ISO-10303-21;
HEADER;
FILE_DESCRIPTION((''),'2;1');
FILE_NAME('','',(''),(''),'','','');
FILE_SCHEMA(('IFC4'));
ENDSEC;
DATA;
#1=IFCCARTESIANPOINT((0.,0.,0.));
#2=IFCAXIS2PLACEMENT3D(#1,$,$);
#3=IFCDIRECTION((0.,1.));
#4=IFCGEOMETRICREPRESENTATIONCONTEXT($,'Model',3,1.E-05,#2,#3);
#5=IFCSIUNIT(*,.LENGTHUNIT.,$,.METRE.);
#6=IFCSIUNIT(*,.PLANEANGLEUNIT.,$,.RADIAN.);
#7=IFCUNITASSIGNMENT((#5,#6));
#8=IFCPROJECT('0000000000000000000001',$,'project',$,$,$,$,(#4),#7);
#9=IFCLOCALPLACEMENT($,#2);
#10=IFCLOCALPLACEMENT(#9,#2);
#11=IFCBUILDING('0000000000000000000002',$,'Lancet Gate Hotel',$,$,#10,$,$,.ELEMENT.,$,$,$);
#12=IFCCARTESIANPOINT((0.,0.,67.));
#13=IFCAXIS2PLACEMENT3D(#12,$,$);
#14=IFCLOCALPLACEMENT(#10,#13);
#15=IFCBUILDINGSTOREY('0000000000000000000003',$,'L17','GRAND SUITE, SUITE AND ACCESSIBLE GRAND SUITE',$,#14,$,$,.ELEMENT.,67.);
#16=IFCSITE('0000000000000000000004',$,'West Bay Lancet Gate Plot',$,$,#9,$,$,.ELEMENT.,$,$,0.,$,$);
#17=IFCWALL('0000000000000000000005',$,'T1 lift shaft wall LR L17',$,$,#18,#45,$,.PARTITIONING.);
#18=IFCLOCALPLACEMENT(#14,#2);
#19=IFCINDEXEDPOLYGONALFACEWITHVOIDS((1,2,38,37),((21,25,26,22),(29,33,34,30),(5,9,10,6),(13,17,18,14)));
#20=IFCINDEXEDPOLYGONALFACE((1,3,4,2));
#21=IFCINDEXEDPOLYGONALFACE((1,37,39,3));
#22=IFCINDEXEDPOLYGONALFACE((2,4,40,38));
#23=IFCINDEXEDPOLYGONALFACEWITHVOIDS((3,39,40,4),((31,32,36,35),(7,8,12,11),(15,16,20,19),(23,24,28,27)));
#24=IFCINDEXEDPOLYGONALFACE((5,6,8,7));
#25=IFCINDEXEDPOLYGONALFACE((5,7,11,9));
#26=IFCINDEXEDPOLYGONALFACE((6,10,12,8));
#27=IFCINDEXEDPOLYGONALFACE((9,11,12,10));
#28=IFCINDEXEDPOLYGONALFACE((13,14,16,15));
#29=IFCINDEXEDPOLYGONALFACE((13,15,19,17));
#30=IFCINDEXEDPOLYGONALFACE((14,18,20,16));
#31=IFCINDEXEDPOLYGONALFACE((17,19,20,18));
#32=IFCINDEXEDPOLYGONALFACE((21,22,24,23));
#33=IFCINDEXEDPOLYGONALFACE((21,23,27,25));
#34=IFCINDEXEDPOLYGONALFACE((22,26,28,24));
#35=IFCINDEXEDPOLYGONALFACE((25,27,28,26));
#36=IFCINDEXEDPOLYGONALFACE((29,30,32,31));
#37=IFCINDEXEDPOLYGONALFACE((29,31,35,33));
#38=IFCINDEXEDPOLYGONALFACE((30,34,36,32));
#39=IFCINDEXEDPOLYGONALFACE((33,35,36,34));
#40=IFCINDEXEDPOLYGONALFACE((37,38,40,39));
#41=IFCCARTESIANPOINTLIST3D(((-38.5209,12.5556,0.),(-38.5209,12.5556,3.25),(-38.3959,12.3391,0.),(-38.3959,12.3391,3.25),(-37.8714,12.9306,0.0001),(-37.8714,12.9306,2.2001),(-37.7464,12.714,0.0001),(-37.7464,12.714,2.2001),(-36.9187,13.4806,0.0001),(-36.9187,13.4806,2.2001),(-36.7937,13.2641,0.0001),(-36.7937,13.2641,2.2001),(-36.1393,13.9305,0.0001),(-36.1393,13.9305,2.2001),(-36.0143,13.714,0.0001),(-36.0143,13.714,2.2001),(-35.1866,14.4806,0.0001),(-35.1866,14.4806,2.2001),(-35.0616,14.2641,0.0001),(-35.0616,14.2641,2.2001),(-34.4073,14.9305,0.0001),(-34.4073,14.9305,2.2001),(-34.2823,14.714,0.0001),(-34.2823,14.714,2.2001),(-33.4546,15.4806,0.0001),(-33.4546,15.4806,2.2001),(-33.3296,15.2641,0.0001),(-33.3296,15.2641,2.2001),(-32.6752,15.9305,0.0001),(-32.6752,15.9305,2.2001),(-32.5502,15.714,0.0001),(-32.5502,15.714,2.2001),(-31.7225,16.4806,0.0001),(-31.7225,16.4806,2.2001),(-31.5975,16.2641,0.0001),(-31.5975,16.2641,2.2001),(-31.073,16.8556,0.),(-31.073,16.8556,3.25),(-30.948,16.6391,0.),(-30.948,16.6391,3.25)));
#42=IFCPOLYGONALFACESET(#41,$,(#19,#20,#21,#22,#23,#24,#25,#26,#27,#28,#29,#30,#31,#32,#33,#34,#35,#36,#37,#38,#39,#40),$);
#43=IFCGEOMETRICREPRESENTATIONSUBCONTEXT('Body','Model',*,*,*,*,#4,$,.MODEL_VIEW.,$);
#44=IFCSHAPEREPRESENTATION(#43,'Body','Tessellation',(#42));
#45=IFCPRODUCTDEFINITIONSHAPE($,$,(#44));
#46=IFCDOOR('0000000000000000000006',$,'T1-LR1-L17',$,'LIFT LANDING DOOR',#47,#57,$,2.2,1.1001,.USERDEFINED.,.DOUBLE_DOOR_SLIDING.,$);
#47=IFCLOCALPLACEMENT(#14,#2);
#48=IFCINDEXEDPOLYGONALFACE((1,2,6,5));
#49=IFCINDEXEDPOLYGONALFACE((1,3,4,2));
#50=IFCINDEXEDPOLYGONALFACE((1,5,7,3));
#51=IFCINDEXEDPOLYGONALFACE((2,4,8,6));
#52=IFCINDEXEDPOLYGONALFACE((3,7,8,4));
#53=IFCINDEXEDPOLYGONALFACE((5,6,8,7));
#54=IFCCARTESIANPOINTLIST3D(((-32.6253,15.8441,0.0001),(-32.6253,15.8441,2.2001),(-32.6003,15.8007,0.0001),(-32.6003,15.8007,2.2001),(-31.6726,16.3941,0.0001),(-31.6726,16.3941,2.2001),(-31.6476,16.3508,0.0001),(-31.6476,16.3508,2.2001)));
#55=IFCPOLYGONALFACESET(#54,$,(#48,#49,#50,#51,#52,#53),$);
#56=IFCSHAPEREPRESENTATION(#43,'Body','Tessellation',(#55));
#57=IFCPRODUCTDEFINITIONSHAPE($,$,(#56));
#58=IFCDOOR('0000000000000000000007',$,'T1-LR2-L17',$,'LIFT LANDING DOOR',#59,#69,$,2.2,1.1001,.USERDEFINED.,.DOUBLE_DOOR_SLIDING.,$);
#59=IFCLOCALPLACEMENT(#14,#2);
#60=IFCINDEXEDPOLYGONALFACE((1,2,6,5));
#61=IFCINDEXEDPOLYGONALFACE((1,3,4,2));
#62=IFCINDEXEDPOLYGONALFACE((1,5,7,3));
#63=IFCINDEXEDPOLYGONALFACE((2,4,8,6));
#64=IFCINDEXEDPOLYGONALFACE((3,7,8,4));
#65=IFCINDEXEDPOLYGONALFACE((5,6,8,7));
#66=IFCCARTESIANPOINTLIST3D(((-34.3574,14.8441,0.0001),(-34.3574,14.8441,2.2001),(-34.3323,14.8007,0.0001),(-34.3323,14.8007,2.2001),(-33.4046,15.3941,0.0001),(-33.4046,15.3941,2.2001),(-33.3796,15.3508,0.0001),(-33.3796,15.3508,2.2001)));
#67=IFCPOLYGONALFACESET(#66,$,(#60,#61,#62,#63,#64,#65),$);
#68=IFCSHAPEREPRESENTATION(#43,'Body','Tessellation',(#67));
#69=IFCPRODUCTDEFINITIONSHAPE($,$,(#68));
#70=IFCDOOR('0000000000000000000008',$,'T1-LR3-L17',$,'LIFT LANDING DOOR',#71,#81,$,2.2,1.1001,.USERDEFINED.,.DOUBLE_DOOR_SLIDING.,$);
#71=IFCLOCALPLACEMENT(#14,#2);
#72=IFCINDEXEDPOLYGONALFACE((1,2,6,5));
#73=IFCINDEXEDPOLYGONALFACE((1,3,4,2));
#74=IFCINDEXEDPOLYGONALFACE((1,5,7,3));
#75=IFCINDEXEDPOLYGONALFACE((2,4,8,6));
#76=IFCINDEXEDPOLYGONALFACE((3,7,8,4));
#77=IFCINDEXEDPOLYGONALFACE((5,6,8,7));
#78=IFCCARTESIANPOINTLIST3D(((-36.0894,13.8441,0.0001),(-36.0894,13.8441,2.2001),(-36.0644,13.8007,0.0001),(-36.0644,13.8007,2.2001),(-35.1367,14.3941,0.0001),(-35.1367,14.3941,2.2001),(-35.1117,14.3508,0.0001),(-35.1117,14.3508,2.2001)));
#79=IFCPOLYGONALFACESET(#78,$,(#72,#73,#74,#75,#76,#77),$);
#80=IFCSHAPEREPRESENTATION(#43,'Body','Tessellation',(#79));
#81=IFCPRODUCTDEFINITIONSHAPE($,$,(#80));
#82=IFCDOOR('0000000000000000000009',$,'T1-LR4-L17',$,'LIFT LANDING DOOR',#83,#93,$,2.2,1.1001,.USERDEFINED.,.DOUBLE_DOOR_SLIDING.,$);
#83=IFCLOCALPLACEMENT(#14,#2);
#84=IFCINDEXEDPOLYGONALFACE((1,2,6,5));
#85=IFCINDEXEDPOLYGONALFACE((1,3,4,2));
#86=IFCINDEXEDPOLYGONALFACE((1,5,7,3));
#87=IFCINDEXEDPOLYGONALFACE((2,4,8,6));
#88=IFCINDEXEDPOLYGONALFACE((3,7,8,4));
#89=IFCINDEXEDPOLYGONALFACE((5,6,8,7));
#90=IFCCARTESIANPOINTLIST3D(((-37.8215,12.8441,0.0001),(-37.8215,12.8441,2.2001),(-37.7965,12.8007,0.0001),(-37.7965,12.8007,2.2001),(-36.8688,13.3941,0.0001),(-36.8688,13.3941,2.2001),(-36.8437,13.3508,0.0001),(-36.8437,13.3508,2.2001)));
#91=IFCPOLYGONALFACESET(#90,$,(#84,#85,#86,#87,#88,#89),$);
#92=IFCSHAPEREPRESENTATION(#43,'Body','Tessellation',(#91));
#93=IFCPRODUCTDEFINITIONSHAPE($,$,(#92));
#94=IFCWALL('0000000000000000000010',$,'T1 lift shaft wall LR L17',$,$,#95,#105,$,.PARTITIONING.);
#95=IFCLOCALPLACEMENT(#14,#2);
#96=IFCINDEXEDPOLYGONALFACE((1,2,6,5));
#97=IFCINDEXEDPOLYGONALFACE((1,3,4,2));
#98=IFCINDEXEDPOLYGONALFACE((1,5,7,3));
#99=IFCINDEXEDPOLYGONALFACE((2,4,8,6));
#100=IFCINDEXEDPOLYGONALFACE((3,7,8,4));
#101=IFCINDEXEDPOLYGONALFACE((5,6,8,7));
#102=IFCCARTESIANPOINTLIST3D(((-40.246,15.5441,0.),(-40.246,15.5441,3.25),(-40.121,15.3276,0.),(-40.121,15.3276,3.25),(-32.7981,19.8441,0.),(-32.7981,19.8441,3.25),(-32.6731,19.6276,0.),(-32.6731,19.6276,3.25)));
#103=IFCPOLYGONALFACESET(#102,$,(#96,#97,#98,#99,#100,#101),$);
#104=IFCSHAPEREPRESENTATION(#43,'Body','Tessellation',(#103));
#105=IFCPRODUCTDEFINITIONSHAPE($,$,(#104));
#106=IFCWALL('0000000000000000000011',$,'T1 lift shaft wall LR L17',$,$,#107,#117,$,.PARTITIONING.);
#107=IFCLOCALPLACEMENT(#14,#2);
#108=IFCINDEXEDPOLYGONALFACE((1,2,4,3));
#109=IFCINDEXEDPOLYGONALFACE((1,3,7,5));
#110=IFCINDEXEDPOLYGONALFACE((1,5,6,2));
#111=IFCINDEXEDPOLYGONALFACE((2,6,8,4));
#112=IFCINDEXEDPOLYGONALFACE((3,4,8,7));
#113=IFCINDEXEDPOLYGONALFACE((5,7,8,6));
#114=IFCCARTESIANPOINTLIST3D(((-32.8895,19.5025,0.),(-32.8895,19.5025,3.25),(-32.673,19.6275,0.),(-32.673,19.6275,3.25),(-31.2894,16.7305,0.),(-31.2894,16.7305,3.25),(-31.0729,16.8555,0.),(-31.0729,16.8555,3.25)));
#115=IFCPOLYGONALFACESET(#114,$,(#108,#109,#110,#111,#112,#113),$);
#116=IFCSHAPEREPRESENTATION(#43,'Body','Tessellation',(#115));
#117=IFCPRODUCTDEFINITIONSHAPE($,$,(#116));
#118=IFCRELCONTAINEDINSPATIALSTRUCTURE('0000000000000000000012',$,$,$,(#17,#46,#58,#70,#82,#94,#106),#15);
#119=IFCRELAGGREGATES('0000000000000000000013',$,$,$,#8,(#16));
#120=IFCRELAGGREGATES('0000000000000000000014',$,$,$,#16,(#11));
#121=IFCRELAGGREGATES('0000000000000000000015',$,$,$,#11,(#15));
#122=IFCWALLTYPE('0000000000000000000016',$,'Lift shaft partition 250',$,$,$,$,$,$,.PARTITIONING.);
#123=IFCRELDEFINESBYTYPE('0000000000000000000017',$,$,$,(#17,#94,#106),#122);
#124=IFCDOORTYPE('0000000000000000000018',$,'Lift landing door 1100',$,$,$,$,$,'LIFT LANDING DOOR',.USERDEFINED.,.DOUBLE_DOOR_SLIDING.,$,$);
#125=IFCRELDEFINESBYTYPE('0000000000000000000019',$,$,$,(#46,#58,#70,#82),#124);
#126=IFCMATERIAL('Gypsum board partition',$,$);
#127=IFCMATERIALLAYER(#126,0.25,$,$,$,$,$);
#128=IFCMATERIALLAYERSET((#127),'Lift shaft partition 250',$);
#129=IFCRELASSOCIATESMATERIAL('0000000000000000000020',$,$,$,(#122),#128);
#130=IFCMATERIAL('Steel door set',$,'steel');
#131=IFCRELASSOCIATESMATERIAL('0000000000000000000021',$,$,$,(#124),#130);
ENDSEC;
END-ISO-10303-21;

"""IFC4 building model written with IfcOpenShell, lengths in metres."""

from ifc_helpers import new_model, si_unit, direction, frame, frame_2d, origin, place, context, subcontext, project, spatial, rectangle, extrude, material, layer, layer_set, type_object, element, fill, save


model = new_model("IFC4")

# Units and contexts
model_context = context("Model", 3, precision=1e-05, world=origin(), true_north=direction((0.0, 1.0)))
body_context = subcontext(model_context, "Body", "Model", "MODEL_VIEW")
ifc_project = project(units=[si_unit("LENGTHUNIT", "METRE"), si_unit("PLANEANGLEUNIT", "RADIAN")], contexts=[model_context])

# Site, building, storey
site_placement = place(None, origin())
site = spatial("IfcSite", under=ifc_project, at=site_placement, Name="West Bay Lancet Gate Plot", CompositionType="ELEMENT", RefElevation=0.0)
building_placement = place(site_placement, origin())
building = spatial("IfcBuilding", under=site, at=building_placement, Name="Lancet Gate Hotel", CompositionType="ELEMENT")
storey_placement = place(building_placement, frame((0.0, 0.0, 67.0)))
storey = spatial("IfcBuildingStorey", under=building, at=storey_placement, Name="L17", Description="GRAND SUITE, SUITE AND ACCESSIBLE GRAND SUITE", CompositionType="ELEMENT", Elevation=67.0)

# Wall, openings, doors
ifc_material_1 = material(Name="Gypsum board partition")
ifc_layer_1 = layer(ifc_material_1, 0.25)
ifc_layer_set_1 = layer_set([ifc_layer_1], Name="Lift shaft partition 250")
wall_type = type_object("IfcWallType", Name="Lift shaft partition 250", PredefinedType="PARTITIONING", material=ifc_layer_set_1)
wall_1_placement = place(storey_placement, frame((-31.0105, 16.7473, 0.0), z_axis=(0.0, 0.0, 1.0), x_axis=(-0.866028, -0.499995, 0.0)))
wall_1 = element("IfcWall", 1, at=wall_1_placement, inside=storey, type_object=wall_type, Name="T1 lift shaft wall LR L17", PredefinedType="PARTITIONING", context=body_context, shape_type="SweptSolid", body=[
    extrude(rectangle(XDim=8.6001, YDim=0.25, at=frame_2d((4.3, 0.0))), origin(), (0.0, 0.0, 1.0), 3.25),
])
opening_1_placement = place(wall_1_placement, frame((0.75, 0.0, 0.0)))
opening_1 = element("IfcOpeningElement", 2, at=opening_1_placement, cuts=wall_1, PredefinedType="OPENING", context=body_context, shape_type="SweptSolid", body=[
    extrude(rectangle(XDim=1.1001, YDim=2.2, at=frame_2d((0.55, 1.1001))), frame((0.0, 0.135, 0.0), z_axis=(0.0, -1.0, 0.0), x_axis=(1.0, 0.0, 0.0)), (0.0, 0.0, 1.0), 0.27),
])
opening_2_placement = place(wall_1_placement, frame((2.75, 0.0, 0.0)))
opening_2 = element("IfcOpeningElement", 3, at=opening_2_placement, cuts=wall_1, PredefinedType="OPENING", context=body_context, shape_type="SweptSolid", body=[
    extrude(rectangle(XDim=1.1001, YDim=2.2, at=frame_2d((0.55, 1.1001))), frame((0.0, 0.135, 0.0), z_axis=(0.0, -1.0, 0.0), x_axis=(1.0, 0.0, 0.0)), (0.0, 0.0, 1.0), 0.27),
])
opening_3_placement = place(wall_1_placement, frame((4.75, 0.0, 0.0)))
opening_3 = element("IfcOpeningElement", 4, at=opening_3_placement, cuts=wall_1, PredefinedType="OPENING", context=body_context, shape_type="SweptSolid", body=[
    extrude(rectangle(XDim=1.1001, YDim=2.2, at=frame_2d((0.55, 1.1001))), frame((0.0, 0.135, 0.0), z_axis=(0.0, -1.0, 0.0), x_axis=(1.0, 0.0, 0.0)), (0.0, 0.0, 1.0), 0.27),
])
opening_4_placement = place(wall_1_placement, frame((6.75, 0.0, 0.0)))
opening_4 = element("IfcOpeningElement", 5, at=opening_4_placement, cuts=wall_1, PredefinedType="OPENING", context=body_context, shape_type="SweptSolid", body=[
    extrude(rectangle(XDim=1.1001, YDim=2.2, at=frame_2d((0.55, 1.1001))), frame((0.0, 0.135, 0.0), z_axis=(0.0, -1.0, 0.0), x_axis=(1.0, 0.0, 0.0)), (0.0, 0.0, 1.0), 0.27),
])
ifc_material_2 = material(Name="Steel door set", Category="steel")
door_type = type_object("IfcDoorType", Name="Lift landing door 1100", ElementType="LIFT LANDING DOOR", OperationType="DOUBLE_DOOR_SLIDING", PredefinedType="USERDEFINED", material=ifc_material_2)
door_1_placement = place(opening_1_placement, origin())
door_1 = element("IfcDoor", 6, at=door_1_placement, inside=storey, type_object=door_type, Name="T1-LR1-L17", ObjectType="LIFT LANDING DOOR", OperationType="DOUBLE_DOOR_SLIDING", OverallHeight=2.2, OverallWidth=1.1001, PredefinedType="USERDEFINED", context=body_context, shape_type="SweptSolid", body=[
    extrude(rectangle(XDim=1.1001, YDim=2.2, at=frame_2d((0.55, 1.1001))), frame((0.0, 0.0249, 0.0), z_axis=(0.0, -1.0, 0.0), x_axis=(1.0, 0.0, 0.0)), (0.0, 0.0, 1.0), 0.05),
])
fill(opening_1, door_1)
door_2_placement = place(opening_2_placement, origin())
door_2 = element("IfcDoor", 7, at=door_2_placement, inside=storey, type_object=door_type, Name="T1-LR2-L17", ObjectType="LIFT LANDING DOOR", OperationType="DOUBLE_DOOR_SLIDING", OverallHeight=2.2, OverallWidth=1.1001, PredefinedType="USERDEFINED", context=body_context, shape_type="SweptSolid", body=[
    extrude(rectangle(XDim=1.1001, YDim=2.2, at=frame_2d((0.55, 1.1001))), frame((0.0, 0.0249, 0.0), z_axis=(0.0, -1.0, 0.0), x_axis=(1.0, 0.0, 0.0)), (0.0, 0.0, 1.0), 0.05),
])
fill(opening_2, door_2)
door_3_placement = place(opening_3_placement, origin())
door_3 = element("IfcDoor", 8, at=door_3_placement, inside=storey, type_object=door_type, Name="T1-LR3-L17", ObjectType="LIFT LANDING DOOR", OperationType="DOUBLE_DOOR_SLIDING", OverallHeight=2.2, OverallWidth=1.1001, PredefinedType="USERDEFINED", context=body_context, shape_type="SweptSolid", body=[
    extrude(rectangle(XDim=1.1001, YDim=2.2, at=frame_2d((0.55, 1.1001))), frame((0.0, 0.0249, 0.0), z_axis=(0.0, -1.0, 0.0), x_axis=(1.0, 0.0, 0.0)), (0.0, 0.0, 1.0), 0.05),
])
fill(opening_3, door_3)
door_4_placement = place(opening_4_placement, origin())
door_4 = element("IfcDoor", 9, at=door_4_placement, inside=storey, type_object=door_type, Name="T1-LR4-L17", ObjectType="LIFT LANDING DOOR", OperationType="DOUBLE_DOOR_SLIDING", OverallHeight=2.2, OverallWidth=1.1001, PredefinedType="USERDEFINED", context=body_context, shape_type="SweptSolid", body=[
    extrude(rectangle(XDim=1.1001, YDim=2.2, at=frame_2d((0.55, 1.1001))), frame((0.0, 0.0249, 0.0), z_axis=(0.0, -1.0, 0.0), x_axis=(1.0, 0.0, 0.0)), (0.0, 0.0, 1.0), 0.05),
])
fill(opening_4, door_4)

# Walls
wall_2_placement = place(storey_placement, frame((-32.7356, 19.7358, 0.0), z_axis=(0.0, 0.0, 1.0), x_axis=(-0.866028, -0.499995, 0.0)))
element("IfcWall", 10, at=wall_2_placement, inside=storey, type_object=wall_type, Name="T1 lift shaft wall LR L17", PredefinedType="PARTITIONING", context=body_context, shape_type="SweptSolid", body=[
    extrude(rectangle(XDim=8.6001, YDim=0.25, at=frame_2d((4.3, 0.0))), origin(), (0.0, 0.0, 1.0), 3.25),
])
wall_3_placement = place(storey_placement, frame((-31.1812, 16.793, 0.0), z_axis=(0.0, 0.0, 1.0), x_axis=(-0.499929, 0.866066, 0.0)))
element("IfcWall", 11, at=wall_3_placement, inside=storey, type_object=wall_type, Name="T1 lift shaft wall LR L17", PredefinedType="PARTITIONING", context=body_context, shape_type="SweptSolid", body=[
    extrude(rectangle(XDim=3.2007, YDim=0.25, at=frame_2d((1.6003, 0.0))), origin(), (0.0, 0.0, 1.0), 3.25),
])

save(model, "model.ifc")
